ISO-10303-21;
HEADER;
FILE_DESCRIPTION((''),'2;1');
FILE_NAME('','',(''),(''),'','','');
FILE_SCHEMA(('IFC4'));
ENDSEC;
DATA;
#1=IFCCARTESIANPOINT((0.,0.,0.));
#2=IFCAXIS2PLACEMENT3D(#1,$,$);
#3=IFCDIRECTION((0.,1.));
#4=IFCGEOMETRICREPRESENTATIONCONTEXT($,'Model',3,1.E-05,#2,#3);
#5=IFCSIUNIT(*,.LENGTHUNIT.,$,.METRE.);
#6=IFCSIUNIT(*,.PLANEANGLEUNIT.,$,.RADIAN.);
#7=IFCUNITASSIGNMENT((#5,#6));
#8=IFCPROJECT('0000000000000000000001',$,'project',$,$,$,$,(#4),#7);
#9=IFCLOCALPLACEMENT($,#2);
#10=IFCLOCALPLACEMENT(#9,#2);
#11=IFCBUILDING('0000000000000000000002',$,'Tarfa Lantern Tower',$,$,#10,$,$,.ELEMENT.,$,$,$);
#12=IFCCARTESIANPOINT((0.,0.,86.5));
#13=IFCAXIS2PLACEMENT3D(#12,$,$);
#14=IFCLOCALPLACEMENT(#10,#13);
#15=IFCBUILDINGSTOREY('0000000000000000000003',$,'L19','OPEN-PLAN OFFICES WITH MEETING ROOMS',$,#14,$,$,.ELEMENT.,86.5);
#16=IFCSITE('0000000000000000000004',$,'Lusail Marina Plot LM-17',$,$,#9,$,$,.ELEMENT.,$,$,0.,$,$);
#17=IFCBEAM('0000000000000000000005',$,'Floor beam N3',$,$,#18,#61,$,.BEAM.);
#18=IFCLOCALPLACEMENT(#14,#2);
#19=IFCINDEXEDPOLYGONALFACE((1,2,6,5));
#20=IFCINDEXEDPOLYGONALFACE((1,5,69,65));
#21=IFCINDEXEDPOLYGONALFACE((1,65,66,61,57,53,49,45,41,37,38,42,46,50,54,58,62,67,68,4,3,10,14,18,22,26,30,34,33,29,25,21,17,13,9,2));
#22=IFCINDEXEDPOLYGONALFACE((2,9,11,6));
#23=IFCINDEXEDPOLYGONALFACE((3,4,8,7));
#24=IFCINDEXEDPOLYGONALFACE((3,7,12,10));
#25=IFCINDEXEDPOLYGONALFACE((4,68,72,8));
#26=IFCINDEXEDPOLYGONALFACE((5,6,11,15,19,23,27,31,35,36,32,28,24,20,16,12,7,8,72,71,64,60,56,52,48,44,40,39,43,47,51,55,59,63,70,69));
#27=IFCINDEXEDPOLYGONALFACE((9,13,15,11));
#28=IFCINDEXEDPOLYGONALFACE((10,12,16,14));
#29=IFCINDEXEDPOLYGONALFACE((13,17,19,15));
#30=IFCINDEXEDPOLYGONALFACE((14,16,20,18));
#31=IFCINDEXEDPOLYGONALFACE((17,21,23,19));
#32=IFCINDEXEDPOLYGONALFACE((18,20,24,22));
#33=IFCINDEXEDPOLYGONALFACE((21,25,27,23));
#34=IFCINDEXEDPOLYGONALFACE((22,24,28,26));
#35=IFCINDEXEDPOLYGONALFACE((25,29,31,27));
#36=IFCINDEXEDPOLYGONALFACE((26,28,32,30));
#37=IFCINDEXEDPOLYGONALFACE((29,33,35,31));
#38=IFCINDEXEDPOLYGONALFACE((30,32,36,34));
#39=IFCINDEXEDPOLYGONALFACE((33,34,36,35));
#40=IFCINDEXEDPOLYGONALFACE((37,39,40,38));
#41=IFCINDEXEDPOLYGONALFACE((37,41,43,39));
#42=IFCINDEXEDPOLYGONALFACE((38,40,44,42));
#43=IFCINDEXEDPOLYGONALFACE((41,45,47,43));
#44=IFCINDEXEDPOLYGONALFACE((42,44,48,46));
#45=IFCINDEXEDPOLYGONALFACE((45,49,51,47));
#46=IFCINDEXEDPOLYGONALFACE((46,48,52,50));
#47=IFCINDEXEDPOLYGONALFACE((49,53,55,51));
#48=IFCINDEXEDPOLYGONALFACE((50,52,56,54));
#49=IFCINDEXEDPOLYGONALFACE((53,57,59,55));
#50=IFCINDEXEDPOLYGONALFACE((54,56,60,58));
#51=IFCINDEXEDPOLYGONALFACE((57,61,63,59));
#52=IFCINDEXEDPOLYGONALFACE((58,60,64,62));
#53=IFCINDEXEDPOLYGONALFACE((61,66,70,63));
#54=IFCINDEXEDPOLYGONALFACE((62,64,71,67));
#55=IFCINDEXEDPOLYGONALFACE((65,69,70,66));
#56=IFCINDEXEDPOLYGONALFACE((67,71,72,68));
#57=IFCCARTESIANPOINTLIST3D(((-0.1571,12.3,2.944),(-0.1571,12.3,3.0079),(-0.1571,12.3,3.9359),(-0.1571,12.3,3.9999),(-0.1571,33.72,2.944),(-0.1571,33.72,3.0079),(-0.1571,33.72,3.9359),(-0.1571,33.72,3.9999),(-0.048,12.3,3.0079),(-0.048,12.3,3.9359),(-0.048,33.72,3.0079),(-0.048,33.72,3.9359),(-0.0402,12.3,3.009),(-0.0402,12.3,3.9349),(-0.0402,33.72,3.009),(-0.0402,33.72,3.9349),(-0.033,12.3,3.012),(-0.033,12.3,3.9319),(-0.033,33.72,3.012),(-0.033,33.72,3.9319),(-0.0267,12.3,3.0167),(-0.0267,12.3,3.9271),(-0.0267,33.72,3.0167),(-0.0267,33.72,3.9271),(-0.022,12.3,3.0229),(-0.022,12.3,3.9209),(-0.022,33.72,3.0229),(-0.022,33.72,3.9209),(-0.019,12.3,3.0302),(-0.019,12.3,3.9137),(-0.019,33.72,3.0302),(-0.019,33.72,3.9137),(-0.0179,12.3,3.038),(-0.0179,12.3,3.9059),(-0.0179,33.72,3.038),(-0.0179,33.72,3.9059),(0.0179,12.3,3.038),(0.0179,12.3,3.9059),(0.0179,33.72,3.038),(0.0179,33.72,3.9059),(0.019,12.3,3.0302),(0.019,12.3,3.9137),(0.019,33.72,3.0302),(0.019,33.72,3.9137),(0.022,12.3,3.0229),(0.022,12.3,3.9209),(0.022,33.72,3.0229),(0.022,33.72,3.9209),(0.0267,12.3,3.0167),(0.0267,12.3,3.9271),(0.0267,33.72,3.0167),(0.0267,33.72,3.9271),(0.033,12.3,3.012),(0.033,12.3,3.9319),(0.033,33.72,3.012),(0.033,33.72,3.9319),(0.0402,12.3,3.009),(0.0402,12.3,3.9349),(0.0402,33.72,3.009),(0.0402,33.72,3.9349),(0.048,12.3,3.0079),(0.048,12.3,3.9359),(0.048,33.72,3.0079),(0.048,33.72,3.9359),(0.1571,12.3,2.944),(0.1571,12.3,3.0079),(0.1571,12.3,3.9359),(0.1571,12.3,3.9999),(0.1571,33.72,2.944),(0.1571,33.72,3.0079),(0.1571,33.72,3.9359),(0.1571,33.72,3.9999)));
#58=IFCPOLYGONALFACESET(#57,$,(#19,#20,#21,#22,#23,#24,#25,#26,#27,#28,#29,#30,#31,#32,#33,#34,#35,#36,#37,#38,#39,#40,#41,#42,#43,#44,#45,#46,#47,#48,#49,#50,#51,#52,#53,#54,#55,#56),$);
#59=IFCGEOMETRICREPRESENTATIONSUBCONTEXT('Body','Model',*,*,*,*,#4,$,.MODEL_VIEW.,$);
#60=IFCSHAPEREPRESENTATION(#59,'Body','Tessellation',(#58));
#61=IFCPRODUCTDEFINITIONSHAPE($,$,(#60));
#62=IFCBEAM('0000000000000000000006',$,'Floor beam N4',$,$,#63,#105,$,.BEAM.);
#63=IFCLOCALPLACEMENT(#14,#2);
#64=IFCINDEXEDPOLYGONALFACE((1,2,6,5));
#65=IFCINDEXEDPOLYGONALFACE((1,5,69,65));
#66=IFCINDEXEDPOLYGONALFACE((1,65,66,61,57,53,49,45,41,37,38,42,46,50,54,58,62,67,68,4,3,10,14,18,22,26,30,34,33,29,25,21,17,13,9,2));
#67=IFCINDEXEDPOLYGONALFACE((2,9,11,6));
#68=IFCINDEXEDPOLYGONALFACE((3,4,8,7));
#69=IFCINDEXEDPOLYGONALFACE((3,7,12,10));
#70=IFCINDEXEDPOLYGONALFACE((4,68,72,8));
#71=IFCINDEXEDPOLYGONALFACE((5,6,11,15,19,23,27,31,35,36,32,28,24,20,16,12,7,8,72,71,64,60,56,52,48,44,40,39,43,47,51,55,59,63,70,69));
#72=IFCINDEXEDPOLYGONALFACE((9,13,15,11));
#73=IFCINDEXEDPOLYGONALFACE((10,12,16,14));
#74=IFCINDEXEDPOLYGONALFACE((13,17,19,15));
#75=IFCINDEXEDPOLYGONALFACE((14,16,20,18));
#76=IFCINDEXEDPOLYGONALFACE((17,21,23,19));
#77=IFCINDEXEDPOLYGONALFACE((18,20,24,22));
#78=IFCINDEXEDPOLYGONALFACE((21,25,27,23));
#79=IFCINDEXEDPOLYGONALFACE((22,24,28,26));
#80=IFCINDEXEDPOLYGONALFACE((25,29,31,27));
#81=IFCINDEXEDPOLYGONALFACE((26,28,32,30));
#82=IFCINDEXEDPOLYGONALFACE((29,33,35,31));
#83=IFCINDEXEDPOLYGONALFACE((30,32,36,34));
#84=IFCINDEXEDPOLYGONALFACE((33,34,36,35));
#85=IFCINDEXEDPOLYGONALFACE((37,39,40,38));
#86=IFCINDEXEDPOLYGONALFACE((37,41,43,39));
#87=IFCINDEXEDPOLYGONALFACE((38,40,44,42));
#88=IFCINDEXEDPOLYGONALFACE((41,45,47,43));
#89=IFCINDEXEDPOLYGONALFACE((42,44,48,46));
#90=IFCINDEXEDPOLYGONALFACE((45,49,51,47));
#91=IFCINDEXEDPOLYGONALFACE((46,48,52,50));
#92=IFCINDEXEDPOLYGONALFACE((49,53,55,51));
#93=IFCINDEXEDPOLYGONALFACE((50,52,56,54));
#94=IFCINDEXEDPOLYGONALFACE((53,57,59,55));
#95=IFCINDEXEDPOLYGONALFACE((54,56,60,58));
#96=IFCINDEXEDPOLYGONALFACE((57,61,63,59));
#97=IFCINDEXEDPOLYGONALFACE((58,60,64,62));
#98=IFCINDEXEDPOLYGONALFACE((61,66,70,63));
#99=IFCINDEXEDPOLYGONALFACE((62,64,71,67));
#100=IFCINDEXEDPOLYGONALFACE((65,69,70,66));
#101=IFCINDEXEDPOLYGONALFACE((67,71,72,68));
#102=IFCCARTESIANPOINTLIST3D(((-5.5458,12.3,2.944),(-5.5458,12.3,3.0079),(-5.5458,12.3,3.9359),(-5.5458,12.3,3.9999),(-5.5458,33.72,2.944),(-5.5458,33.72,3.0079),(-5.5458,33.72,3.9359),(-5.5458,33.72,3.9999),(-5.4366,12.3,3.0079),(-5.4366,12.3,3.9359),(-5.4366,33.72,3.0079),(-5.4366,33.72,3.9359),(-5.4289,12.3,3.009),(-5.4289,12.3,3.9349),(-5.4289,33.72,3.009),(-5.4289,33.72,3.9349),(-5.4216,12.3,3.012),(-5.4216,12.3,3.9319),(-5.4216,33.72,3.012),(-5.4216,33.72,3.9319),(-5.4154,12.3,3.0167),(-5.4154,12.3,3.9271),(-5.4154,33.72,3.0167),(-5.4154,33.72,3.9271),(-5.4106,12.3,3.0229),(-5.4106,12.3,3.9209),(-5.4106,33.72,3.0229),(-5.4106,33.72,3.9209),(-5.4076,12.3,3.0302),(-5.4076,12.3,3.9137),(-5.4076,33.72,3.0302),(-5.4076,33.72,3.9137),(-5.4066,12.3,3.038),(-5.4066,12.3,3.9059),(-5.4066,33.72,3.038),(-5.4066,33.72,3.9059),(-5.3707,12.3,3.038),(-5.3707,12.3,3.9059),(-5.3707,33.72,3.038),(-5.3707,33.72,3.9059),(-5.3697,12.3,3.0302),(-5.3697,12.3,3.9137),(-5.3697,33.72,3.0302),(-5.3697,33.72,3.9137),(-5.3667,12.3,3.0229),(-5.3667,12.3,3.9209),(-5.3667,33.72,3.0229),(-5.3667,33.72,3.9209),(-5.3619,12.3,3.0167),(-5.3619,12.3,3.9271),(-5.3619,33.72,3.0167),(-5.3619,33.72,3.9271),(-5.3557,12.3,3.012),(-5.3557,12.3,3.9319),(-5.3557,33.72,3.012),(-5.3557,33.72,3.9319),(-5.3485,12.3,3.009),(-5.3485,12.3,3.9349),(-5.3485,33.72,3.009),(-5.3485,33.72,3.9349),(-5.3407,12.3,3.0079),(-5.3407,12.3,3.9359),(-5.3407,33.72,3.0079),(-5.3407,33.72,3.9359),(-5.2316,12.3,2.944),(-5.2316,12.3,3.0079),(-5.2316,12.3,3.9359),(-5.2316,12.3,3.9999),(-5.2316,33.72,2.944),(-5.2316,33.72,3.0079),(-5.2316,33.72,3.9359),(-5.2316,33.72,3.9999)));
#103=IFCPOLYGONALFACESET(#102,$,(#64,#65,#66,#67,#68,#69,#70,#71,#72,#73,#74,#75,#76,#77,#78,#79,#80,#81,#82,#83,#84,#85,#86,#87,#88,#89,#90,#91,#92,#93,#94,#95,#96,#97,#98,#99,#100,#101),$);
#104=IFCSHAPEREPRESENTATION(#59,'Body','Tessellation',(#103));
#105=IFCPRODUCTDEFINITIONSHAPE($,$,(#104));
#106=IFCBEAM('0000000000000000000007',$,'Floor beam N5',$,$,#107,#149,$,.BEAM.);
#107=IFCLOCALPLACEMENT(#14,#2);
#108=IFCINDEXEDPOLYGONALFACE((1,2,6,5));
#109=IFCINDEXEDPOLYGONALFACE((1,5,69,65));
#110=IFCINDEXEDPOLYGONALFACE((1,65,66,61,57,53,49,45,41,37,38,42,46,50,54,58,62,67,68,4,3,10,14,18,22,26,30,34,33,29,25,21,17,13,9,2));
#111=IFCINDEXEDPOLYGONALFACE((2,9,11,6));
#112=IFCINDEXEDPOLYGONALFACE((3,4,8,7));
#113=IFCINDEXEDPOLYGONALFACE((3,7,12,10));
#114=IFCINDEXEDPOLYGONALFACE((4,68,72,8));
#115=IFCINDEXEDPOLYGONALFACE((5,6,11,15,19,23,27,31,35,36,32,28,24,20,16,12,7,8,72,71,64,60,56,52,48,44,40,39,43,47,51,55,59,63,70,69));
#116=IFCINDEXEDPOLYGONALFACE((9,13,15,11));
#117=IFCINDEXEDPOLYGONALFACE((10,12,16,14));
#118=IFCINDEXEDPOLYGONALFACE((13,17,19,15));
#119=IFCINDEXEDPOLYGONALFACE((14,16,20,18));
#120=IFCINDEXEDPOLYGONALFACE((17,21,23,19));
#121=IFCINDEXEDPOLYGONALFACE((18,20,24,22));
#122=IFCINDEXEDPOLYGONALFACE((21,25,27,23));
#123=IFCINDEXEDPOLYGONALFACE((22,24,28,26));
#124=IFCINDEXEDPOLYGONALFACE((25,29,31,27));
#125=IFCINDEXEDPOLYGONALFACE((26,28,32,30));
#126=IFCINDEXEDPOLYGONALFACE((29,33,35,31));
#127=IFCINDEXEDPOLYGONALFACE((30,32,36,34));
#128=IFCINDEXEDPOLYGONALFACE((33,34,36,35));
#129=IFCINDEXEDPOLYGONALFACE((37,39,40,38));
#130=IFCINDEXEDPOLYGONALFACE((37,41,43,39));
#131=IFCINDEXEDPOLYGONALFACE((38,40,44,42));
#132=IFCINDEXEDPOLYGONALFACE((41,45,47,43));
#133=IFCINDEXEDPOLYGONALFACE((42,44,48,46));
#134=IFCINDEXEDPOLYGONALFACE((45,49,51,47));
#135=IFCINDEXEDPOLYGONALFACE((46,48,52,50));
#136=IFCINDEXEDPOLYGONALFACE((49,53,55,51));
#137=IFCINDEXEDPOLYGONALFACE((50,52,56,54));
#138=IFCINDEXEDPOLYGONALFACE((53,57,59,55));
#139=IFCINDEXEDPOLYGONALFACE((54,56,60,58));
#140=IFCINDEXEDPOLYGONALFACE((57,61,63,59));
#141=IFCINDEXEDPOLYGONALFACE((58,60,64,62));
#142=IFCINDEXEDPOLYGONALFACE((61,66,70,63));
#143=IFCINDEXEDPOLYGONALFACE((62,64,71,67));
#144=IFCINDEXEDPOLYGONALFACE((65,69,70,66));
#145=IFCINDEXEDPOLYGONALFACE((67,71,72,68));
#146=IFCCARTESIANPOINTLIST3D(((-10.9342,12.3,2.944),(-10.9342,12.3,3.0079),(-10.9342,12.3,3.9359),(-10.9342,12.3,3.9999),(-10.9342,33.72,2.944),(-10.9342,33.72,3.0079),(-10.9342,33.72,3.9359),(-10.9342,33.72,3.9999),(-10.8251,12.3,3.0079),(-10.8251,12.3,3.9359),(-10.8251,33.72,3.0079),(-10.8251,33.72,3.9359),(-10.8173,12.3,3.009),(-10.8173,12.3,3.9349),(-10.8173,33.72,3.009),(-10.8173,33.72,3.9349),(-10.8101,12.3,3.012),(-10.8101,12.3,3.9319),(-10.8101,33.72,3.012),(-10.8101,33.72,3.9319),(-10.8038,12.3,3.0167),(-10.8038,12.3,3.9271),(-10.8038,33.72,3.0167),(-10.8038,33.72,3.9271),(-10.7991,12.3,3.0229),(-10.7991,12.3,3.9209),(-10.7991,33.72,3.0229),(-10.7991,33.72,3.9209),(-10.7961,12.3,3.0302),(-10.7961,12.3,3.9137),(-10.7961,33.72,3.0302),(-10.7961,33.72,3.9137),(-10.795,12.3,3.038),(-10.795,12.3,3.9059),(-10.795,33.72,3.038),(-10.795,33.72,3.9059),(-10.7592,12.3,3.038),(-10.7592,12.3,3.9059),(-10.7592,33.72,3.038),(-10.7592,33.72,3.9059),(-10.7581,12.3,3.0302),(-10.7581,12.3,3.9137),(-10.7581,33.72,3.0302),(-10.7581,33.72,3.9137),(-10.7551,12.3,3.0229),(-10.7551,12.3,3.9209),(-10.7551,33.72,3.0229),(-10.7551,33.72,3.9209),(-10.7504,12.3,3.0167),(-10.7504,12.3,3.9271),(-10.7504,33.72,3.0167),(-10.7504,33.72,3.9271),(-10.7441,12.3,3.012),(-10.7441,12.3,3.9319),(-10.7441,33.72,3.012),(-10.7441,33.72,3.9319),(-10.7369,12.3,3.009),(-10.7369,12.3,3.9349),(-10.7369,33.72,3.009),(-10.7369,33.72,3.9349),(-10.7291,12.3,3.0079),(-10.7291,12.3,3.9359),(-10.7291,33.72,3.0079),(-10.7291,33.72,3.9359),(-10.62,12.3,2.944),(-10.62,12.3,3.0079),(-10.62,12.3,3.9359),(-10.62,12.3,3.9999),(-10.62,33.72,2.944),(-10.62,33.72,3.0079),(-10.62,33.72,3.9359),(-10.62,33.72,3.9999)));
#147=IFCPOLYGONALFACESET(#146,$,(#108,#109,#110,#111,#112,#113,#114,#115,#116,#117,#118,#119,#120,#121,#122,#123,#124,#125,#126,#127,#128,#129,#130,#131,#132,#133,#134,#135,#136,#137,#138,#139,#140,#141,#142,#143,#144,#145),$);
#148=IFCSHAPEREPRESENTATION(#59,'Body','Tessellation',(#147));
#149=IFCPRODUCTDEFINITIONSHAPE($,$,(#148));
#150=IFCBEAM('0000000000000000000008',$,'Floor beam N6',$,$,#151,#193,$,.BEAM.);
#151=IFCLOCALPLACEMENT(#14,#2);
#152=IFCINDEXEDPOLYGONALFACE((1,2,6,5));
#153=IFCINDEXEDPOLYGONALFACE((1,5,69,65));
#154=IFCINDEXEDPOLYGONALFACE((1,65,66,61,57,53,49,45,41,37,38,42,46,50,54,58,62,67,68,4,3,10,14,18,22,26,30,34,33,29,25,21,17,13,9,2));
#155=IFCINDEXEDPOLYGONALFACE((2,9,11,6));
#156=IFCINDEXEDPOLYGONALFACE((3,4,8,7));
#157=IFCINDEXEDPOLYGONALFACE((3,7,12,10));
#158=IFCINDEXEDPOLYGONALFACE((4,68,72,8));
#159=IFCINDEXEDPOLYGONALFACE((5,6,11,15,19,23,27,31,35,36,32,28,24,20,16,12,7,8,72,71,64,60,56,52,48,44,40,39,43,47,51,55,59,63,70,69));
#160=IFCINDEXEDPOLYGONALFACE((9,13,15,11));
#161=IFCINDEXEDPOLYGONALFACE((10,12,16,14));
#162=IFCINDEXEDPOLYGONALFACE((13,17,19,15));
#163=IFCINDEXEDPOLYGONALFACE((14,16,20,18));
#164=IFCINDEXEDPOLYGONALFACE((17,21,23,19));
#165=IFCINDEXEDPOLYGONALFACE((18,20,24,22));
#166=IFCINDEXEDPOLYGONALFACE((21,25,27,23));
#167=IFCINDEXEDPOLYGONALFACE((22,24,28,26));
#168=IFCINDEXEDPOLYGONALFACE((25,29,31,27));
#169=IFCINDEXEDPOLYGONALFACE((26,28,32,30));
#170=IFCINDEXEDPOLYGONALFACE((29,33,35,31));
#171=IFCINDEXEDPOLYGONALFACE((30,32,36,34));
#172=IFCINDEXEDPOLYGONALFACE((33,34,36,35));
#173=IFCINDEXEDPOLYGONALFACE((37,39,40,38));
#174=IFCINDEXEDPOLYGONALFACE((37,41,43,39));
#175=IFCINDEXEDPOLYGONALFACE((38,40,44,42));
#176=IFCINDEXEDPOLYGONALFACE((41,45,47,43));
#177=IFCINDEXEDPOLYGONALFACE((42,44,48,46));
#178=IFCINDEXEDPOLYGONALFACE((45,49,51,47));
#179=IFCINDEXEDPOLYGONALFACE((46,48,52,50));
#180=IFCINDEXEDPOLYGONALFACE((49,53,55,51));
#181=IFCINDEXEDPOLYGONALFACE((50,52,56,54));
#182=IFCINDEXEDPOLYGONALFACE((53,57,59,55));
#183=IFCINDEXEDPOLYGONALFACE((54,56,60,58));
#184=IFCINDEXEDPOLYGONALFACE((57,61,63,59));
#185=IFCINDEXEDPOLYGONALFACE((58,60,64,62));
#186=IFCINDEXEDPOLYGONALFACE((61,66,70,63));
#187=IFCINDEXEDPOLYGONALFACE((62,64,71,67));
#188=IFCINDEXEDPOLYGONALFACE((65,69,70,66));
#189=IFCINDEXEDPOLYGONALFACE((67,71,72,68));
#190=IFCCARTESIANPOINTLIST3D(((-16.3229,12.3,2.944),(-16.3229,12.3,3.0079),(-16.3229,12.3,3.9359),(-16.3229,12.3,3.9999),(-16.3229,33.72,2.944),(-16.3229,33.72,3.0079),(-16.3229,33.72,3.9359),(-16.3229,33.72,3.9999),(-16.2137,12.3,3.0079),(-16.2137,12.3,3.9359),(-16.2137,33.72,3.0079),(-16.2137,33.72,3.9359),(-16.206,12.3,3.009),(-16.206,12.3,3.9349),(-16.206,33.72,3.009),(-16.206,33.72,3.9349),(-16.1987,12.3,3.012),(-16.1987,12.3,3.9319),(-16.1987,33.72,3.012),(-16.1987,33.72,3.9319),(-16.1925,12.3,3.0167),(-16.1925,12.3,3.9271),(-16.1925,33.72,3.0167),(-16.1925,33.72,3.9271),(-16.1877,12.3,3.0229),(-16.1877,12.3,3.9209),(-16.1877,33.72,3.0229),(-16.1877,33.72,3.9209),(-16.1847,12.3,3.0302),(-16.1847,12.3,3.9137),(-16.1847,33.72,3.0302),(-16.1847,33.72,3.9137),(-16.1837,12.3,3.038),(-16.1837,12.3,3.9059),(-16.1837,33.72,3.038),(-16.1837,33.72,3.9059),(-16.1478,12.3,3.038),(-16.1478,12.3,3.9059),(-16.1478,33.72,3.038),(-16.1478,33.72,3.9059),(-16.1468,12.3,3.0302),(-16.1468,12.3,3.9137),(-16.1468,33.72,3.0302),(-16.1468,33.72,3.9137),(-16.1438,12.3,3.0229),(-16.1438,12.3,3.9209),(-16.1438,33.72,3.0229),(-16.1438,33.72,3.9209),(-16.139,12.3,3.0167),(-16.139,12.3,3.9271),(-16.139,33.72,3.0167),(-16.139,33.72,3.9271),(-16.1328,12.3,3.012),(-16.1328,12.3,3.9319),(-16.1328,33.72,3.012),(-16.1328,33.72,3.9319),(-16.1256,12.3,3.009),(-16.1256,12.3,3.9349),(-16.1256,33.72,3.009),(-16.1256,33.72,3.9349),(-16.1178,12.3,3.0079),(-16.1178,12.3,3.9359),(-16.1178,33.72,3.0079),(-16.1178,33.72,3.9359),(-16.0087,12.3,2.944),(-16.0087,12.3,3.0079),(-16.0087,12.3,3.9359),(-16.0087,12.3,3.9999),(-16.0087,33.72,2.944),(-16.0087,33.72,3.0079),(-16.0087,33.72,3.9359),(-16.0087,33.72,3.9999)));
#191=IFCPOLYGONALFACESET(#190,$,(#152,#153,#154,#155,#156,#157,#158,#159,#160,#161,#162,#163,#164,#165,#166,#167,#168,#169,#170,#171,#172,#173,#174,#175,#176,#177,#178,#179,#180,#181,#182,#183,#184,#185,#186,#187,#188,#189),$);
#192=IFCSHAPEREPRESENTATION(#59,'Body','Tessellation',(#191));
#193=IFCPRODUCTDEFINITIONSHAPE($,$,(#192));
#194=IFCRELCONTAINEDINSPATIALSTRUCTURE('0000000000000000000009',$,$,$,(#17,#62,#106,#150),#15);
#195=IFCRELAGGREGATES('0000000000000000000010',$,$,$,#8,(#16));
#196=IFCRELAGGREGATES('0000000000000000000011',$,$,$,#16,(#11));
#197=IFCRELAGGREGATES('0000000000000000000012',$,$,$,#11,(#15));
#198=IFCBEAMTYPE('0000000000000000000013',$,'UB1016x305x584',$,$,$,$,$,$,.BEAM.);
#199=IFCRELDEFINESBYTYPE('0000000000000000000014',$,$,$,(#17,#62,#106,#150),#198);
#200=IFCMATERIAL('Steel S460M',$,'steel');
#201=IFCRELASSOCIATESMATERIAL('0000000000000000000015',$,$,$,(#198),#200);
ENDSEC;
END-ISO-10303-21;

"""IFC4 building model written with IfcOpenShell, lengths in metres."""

from ifc_helpers import new_model, si_unit, direction, frame, origin, origin_2d, place, context, subcontext, project, spatial, i_section, extrude, material, material_profile, profile_set, type_object, element, save


model = new_model("IFC4")

# Units and contexts
model_context = context("Model", 3, precision=1e-05, world=origin(), true_north=direction((0.0, 1.0)))
body_context = subcontext(model_context, "Body", "Model", "MODEL_VIEW")
ifc_project = project(units=[si_unit("LENGTHUNIT", "METRE"), si_unit("PLANEANGLEUNIT", "RADIAN")], contexts=[model_context])

# Site, building, storey
site_placement = place(None, origin())
site = spatial("IfcSite", under=ifc_project, at=site_placement, Name="Lusail Marina Plot LM-17", CompositionType="ELEMENT", RefElevation=0.0)
building_placement = place(site_placement, origin())
building = spatial("IfcBuilding", under=site, at=building_placement, Name="Tarfa Lantern Tower", CompositionType="ELEMENT")
storey_placement = place(building_placement, frame((0.0, 0.0, 86.5)))
storey = spatial("IfcBuildingStorey", under=building, at=storey_placement, Name="L19", Description="OPEN-PLAN OFFICES WITH MEETING ROOMS", CompositionType="ELEMENT", Elevation=86.5)

# Beams
ifc_material_1 = material(Name="Steel S460M", Category="steel")
ifc_material_profile_1 = material_profile(ifc_material_1, i_section(OverallWidth=0.3142, OverallDepth=1.0559, WebThickness=0.0359, FlangeThickness=0.064, FilletRadius=0.03, at=origin_2d()), Name="UB1016x305x584")
ifc_profile_set_1 = profile_set([ifc_material_profile_1], Name="Steel S460M")
beam_type_1 = type_object("IfcBeamType", Name="UB1016x305x584", PredefinedType="BEAM", material=ifc_profile_set_1)
for number, where, z_axis, x_axis, name in (
    (1, (0.0, 33.72, 3.4719), (0.0, -1.0, 0.0), (1.0, 0.0, 0.0), "Floor beam N3"),
    (2, (-5.3887, 33.72, 3.4719), (0.0, -1.0, 0.0), (1.0, 0.0, 0.0), "Floor beam N4"),
    (3, (-10.7771, 33.72, 3.4719), (0.0, -1.0, 0.0), (1.0, 0.0, 0.0), "Floor beam N5"),
    (4, (-16.1658, 33.72, 3.4719), (0.0, -1.0, 0.0), (1.0, 0.0, 0.0), "Floor beam N6"),
):
    element("IfcBeam", number, at=place(storey_placement, frame(where, z_axis=z_axis, x_axis=x_axis)), inside=storey, type_object=beam_type_1, Name=name, PredefinedType="BEAM", context=body_context, shape_type="SweptSolid", body=[
        extrude(i_section(OverallWidth=0.3142, OverallDepth=1.0559, WebThickness=0.0359, FlangeThickness=0.064, FilletRadius=0.03, at=origin_2d()), origin(), (0.0, 0.0, 1.0), 21.4199),
    ])

save(model, "model.ifc")
